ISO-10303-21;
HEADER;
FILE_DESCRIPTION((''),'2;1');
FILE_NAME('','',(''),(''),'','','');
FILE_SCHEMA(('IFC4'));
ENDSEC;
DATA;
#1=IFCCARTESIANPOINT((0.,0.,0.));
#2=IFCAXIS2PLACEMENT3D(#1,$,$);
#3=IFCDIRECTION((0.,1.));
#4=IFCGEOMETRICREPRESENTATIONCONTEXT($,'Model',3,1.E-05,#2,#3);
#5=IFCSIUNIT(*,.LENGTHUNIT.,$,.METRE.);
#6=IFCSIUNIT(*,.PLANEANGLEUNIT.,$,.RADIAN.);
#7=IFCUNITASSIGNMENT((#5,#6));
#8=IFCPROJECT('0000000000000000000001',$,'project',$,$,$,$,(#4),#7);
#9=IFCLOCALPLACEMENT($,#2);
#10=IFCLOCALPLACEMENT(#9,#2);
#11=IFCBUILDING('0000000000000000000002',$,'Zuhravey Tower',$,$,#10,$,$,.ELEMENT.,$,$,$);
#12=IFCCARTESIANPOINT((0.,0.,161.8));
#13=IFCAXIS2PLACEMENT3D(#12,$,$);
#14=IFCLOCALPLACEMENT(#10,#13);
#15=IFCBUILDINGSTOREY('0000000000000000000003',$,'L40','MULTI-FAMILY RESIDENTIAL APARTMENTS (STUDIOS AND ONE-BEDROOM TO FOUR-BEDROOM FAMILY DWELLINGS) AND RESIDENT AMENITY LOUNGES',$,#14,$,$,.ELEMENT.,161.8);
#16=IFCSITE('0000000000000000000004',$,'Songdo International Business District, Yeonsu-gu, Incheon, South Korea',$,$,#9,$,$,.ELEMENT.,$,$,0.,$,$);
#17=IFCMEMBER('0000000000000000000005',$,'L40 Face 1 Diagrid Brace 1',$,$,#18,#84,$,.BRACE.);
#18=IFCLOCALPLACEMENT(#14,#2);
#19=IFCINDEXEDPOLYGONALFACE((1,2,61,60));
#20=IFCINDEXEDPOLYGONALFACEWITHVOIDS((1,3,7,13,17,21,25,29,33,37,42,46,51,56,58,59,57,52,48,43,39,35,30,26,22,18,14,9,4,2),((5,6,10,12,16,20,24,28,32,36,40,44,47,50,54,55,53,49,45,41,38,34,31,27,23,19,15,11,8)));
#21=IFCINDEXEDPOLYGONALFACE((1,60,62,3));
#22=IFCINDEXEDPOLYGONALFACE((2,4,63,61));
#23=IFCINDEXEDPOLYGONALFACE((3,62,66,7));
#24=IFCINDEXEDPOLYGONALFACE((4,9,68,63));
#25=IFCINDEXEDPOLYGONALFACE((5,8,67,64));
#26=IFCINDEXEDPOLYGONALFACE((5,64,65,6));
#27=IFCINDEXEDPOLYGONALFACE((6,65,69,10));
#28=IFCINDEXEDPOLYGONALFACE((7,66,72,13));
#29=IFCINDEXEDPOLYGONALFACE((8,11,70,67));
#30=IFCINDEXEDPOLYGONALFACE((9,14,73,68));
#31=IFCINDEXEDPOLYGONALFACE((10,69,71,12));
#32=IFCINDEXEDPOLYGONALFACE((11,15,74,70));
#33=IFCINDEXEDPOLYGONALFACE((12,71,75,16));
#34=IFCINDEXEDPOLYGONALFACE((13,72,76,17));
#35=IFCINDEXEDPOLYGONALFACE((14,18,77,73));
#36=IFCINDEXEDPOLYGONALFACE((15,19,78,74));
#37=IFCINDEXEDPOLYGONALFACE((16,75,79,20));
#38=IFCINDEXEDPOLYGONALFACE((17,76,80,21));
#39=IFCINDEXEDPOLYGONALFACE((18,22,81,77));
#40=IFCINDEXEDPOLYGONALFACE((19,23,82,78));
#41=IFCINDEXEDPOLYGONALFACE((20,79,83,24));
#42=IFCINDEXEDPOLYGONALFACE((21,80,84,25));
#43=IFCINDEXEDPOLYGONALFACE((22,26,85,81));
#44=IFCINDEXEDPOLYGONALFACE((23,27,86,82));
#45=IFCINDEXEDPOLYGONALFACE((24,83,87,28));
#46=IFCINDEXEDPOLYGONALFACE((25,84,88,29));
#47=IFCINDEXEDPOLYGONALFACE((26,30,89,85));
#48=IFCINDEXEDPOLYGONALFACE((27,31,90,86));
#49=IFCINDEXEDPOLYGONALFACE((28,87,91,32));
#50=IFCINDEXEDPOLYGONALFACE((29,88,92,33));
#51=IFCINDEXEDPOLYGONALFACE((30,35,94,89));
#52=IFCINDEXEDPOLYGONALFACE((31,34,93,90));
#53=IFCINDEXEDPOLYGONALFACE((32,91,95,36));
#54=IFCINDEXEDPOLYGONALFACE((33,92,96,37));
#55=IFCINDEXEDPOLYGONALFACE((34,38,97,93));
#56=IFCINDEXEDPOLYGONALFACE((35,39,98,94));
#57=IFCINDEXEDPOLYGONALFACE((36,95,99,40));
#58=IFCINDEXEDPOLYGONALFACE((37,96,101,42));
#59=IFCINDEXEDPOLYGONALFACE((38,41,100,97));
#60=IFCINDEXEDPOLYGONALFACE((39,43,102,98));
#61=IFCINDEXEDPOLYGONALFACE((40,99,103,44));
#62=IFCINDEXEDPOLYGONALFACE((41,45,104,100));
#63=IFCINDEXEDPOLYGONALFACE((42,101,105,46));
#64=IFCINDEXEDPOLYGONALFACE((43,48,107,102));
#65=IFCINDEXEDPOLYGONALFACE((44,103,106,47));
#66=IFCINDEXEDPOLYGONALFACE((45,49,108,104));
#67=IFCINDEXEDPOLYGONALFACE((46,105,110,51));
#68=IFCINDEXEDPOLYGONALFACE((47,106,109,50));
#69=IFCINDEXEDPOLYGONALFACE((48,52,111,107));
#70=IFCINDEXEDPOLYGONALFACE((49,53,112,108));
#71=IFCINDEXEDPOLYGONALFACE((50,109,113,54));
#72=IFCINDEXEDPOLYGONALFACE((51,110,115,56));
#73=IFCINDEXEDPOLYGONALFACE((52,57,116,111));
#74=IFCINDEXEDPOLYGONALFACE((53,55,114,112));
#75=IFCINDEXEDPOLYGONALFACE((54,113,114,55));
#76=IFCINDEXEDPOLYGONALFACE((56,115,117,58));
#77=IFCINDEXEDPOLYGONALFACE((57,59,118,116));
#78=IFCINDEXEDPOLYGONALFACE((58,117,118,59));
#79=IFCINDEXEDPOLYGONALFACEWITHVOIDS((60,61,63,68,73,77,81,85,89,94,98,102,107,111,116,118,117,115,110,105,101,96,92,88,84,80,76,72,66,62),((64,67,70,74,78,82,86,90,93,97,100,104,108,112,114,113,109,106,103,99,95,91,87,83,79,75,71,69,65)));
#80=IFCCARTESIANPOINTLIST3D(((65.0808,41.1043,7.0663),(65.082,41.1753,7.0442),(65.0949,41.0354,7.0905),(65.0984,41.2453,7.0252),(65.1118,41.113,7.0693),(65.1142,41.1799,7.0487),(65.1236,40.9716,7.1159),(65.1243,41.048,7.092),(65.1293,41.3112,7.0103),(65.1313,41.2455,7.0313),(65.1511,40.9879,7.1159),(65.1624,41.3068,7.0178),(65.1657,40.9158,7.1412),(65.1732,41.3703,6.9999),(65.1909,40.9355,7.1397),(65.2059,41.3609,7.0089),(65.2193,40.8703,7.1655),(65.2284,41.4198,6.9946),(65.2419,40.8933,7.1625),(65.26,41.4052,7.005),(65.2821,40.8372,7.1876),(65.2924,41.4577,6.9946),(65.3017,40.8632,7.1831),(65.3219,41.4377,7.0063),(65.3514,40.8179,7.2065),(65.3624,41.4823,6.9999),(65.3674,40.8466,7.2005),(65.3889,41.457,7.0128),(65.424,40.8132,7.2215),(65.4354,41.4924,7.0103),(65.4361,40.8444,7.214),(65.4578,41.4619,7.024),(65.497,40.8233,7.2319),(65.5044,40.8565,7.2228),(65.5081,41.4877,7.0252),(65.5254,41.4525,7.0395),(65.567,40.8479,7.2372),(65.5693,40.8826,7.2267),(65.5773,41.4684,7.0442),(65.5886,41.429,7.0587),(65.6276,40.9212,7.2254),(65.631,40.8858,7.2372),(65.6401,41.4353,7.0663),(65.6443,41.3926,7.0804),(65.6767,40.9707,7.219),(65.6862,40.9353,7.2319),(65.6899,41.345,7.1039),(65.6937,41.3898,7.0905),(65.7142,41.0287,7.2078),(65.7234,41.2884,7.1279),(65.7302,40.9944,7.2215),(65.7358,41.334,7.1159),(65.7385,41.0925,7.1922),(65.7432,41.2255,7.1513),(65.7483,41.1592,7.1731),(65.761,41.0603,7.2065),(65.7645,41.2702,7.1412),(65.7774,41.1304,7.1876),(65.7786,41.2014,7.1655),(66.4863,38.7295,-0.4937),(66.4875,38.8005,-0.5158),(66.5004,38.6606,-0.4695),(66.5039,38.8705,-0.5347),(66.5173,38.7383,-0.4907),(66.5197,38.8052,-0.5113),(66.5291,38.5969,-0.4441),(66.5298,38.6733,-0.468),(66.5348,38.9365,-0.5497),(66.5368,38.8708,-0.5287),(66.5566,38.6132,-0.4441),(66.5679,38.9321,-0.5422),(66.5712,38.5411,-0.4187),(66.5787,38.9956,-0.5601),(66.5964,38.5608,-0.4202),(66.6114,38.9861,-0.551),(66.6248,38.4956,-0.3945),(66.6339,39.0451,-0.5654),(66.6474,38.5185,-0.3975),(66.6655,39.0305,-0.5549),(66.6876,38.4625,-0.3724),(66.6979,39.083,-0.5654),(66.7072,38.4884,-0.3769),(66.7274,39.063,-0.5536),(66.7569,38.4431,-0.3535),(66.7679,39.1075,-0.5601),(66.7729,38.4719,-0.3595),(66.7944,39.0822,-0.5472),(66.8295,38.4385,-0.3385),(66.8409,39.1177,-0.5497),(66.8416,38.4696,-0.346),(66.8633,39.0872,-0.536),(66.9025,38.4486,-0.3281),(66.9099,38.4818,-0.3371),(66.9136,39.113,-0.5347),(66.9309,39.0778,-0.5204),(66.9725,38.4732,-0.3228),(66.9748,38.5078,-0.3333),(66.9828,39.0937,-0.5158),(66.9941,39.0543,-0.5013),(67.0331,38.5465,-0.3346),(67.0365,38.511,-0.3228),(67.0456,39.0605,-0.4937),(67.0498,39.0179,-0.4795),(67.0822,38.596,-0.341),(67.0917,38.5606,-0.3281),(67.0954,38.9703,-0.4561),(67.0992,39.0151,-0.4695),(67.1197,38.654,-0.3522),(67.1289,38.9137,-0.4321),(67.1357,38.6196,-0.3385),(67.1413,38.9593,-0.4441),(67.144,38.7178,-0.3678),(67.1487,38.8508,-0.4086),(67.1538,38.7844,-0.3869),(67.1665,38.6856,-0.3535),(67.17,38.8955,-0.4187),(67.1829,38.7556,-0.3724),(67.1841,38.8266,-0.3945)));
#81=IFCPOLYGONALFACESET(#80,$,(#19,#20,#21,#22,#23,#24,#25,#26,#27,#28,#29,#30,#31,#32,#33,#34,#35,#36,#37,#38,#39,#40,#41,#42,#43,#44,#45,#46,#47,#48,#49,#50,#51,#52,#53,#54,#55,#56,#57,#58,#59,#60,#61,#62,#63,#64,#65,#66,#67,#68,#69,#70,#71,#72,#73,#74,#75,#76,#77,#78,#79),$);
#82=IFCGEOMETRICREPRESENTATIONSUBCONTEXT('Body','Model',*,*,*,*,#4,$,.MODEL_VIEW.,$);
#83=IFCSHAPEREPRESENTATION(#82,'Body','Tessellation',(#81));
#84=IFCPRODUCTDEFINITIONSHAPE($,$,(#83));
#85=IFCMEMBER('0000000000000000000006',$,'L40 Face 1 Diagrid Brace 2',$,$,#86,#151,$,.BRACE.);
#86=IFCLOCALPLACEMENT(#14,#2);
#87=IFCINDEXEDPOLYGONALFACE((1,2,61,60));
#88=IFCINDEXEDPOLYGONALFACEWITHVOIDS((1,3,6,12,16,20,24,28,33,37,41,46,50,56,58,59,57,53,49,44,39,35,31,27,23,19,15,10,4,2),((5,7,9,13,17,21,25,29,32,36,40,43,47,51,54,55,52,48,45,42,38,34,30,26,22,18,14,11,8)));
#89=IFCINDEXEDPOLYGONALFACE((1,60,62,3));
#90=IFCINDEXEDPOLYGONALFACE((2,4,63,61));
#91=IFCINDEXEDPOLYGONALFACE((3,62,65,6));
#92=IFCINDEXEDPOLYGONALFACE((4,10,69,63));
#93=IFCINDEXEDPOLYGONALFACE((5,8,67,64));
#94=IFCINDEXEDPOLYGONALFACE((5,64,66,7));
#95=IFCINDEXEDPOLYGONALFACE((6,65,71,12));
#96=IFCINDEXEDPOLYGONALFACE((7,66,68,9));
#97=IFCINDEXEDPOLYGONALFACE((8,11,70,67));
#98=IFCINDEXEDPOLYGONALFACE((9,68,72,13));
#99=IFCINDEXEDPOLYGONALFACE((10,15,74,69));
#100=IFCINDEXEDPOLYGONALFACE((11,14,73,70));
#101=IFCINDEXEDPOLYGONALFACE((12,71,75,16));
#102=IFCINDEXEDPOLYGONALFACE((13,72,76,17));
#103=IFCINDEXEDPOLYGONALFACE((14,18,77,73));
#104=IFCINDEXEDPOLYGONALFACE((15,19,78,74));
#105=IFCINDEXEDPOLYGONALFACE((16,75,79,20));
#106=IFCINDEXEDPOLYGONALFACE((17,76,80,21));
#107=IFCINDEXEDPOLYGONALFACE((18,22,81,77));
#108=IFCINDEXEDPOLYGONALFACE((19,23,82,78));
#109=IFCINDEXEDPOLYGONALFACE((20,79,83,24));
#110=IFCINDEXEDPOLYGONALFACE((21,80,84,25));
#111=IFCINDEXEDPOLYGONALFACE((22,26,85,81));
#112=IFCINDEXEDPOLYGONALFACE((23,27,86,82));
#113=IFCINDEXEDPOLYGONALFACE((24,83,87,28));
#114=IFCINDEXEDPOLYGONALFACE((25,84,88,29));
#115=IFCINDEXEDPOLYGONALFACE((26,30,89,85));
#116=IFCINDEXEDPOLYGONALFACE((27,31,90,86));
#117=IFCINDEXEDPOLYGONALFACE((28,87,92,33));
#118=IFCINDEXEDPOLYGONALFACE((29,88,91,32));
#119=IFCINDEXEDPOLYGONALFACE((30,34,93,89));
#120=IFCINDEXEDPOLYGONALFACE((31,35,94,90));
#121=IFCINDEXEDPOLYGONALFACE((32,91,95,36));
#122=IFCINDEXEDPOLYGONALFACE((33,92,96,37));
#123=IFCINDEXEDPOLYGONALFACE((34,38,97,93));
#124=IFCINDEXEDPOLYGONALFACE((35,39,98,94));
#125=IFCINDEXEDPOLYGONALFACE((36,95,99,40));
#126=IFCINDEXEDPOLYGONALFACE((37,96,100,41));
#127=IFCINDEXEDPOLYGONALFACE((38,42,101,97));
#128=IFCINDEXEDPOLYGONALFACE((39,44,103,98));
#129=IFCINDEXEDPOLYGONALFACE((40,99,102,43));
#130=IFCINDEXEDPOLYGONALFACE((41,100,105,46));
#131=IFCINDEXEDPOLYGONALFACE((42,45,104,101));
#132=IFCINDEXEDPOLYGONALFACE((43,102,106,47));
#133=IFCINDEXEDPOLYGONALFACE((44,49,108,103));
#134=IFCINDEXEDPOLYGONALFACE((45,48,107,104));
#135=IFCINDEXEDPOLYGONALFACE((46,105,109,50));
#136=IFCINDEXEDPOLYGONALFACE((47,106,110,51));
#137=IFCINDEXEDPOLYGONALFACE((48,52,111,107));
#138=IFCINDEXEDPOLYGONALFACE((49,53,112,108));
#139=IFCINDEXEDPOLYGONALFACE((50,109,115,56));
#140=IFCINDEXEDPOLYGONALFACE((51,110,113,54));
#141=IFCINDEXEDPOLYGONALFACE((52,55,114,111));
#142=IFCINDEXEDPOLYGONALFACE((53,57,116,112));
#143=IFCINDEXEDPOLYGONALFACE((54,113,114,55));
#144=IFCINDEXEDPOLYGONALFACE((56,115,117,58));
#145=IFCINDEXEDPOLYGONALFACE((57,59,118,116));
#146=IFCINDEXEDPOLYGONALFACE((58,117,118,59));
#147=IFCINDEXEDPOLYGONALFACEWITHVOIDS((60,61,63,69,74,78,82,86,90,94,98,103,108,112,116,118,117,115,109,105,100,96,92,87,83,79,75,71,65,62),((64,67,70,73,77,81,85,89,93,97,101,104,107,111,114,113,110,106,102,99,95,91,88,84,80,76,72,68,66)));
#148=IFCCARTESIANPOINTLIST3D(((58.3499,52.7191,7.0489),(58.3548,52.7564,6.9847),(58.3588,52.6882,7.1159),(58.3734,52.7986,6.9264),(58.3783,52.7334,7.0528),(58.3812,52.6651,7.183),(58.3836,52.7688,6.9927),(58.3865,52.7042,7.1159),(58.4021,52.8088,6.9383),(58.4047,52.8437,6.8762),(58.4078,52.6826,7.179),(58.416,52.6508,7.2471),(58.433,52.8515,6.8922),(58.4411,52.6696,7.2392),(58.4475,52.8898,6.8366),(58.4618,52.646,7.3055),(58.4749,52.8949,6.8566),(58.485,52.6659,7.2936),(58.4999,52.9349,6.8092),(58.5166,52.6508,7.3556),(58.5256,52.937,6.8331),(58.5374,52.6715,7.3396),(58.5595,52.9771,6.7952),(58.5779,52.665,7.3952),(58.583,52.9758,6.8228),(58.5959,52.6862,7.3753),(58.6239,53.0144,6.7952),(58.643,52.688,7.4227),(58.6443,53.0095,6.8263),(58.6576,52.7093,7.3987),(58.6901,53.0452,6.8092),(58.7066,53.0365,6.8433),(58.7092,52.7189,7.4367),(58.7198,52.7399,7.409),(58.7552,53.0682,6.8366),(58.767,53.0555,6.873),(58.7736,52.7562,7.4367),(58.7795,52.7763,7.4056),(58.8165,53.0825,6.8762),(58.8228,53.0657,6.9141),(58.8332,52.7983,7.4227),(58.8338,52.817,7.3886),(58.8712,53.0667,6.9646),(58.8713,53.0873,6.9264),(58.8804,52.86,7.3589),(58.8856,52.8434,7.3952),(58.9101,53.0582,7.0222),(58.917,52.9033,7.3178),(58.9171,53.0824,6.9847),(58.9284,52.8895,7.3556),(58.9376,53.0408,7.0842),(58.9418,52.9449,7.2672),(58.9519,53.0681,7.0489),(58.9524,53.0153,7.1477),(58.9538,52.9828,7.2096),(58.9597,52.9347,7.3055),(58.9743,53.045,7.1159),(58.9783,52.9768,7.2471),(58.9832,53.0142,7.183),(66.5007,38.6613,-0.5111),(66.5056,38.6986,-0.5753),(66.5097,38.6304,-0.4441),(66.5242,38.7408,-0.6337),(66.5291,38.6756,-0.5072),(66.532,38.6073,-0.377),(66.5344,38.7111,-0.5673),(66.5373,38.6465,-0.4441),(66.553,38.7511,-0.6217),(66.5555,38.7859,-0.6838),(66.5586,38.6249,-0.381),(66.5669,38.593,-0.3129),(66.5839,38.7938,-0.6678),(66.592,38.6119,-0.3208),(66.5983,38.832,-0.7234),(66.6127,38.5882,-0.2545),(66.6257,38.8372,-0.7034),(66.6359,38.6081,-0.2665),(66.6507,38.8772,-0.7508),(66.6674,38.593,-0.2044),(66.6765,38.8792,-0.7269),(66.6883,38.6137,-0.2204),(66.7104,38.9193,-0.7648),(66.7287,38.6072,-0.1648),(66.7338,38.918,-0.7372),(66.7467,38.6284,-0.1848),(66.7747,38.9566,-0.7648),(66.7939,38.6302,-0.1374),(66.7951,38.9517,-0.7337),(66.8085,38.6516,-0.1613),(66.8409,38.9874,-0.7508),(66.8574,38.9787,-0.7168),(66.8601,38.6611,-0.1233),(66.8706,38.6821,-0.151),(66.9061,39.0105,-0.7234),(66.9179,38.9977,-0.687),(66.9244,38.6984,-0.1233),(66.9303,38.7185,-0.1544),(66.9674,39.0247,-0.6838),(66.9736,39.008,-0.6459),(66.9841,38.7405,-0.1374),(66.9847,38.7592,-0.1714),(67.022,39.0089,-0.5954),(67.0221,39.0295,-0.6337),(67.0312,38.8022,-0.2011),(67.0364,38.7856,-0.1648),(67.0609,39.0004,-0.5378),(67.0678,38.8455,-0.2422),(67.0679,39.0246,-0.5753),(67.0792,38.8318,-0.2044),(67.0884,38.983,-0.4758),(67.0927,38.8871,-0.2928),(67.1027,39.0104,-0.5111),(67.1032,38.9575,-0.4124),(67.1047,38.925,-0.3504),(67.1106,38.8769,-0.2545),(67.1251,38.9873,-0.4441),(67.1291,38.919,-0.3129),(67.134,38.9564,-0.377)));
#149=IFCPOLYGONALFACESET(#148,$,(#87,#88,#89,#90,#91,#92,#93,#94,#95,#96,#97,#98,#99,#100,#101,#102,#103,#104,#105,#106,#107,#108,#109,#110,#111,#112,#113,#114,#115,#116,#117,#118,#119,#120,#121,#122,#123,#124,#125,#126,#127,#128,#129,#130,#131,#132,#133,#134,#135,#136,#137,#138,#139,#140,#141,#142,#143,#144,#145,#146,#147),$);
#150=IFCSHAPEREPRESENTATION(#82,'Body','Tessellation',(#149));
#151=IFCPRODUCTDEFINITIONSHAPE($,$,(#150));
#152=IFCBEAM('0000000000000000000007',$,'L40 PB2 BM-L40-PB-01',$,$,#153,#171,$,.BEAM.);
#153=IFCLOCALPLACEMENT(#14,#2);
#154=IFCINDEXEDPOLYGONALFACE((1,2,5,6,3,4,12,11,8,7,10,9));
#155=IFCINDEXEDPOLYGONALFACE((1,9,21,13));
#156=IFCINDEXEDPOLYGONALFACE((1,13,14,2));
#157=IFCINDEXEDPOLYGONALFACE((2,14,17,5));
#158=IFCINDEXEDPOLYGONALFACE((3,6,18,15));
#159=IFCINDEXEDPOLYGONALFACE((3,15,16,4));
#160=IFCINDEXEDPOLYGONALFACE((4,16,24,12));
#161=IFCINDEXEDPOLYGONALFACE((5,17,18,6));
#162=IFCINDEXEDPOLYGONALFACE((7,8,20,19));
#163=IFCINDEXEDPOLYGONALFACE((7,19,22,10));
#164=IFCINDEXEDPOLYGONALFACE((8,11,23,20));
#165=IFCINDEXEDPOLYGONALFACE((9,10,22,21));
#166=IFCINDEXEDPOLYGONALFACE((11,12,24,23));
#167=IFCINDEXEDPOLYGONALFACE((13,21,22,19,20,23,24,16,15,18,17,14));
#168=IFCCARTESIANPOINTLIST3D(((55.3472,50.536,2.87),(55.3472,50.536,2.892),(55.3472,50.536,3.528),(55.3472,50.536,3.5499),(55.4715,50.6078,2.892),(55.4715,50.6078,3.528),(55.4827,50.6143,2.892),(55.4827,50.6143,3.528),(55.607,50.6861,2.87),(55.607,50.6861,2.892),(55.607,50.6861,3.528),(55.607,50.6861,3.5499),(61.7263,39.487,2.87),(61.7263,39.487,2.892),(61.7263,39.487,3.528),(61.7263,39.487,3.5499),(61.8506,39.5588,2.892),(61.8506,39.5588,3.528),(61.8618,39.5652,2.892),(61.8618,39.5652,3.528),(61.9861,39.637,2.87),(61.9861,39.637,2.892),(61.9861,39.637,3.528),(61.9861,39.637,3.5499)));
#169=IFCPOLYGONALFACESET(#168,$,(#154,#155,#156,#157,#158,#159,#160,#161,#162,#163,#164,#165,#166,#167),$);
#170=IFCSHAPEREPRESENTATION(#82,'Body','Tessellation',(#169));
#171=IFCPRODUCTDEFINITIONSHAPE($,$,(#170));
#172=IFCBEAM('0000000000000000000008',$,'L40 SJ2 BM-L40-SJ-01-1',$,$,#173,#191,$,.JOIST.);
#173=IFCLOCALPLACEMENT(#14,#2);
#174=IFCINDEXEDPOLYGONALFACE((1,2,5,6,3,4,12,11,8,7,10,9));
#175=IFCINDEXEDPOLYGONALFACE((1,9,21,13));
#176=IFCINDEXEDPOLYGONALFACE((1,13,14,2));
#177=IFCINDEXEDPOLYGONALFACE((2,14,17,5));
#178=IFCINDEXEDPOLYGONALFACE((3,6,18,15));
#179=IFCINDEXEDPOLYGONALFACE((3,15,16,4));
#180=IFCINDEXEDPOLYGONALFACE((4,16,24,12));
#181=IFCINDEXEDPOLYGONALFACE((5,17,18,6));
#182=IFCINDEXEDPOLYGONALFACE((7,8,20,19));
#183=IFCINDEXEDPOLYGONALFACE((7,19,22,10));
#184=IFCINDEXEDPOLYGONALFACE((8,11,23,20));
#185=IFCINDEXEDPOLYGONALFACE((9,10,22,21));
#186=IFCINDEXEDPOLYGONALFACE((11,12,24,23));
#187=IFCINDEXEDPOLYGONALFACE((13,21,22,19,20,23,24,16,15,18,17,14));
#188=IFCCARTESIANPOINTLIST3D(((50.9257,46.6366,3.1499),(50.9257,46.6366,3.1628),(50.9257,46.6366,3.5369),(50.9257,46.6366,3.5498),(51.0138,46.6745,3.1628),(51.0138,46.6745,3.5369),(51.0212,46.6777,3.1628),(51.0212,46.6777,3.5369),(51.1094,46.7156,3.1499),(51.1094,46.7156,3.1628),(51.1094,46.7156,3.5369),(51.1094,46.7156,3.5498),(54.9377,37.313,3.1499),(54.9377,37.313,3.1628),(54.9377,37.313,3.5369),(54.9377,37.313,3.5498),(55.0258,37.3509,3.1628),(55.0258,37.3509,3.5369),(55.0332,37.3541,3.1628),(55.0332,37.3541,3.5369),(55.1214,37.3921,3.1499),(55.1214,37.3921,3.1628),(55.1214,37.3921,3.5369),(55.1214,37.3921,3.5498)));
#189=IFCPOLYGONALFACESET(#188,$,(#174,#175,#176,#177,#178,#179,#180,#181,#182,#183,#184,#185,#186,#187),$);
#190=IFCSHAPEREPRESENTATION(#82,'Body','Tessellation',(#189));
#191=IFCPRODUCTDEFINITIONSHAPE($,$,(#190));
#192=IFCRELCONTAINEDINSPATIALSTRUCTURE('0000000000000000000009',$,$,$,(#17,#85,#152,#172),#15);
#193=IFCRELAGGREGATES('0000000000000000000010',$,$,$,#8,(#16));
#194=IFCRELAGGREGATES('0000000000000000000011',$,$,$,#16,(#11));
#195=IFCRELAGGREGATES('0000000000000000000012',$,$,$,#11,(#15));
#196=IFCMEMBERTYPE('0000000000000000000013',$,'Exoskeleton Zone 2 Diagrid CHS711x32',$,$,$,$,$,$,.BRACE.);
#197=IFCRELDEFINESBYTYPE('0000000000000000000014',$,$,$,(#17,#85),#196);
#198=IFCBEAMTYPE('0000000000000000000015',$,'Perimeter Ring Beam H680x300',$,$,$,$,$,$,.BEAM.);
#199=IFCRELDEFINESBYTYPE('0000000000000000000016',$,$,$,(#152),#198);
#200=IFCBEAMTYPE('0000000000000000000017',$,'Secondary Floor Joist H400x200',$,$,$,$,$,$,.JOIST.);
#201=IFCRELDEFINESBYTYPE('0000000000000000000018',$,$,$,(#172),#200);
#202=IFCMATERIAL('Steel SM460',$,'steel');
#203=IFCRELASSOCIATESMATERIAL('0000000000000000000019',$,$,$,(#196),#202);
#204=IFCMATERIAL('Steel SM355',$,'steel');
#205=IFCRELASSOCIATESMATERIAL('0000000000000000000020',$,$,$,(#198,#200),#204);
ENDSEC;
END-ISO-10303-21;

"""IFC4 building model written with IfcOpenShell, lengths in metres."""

from ifc_helpers import new_model, si_unit, direction, frame, origin, origin_2d, place, context, subcontext, project, spatial, hollow_circle, i_section, extrude, material, material_profile, profile_set, type_object, element, save


model = new_model("IFC4")

# Units and contexts
model_context = context("Model", 3, precision=1e-05, world=origin(), true_north=direction((0.0, 1.0)))
body_context = subcontext(model_context, "Body", "Model", "MODEL_VIEW")
ifc_project = project(units=[si_unit("LENGTHUNIT", "METRE"), si_unit("PLANEANGLEUNIT", "RADIAN")], contexts=[model_context])

# Site, building, storey
site_placement = place(None, origin())
site = spatial("IfcSite", under=ifc_project, at=site_placement, Name="Songdo International Business District, Yeonsu-gu, Incheon, South Korea", CompositionType="ELEMENT", RefElevation=0.0)
building_placement = place(site_placement, origin())
building = spatial("IfcBuilding", under=site, at=building_placement, Name="Zuhravey Tower", CompositionType="ELEMENT")
storey_placement = place(building_placement, frame((0.0, 0.0, 161.8)))
storey = spatial("IfcBuildingStorey", under=building, at=storey_placement, Name="L40", Description="MULTI-FAMILY RESIDENTIAL APARTMENTS (STUDIOS AND ONE-BEDROOM TO FOUR-BEDROOM FAMILY DWELLINGS) AND RESIDENT AMENITY LOUNGES", CompositionType="ELEMENT", Elevation=161.8)

# Members
ifc_material_1 = material(Name="Steel SM355", Category="steel")
ifc_material_2 = material(Name="Steel SM460", Category="steel")
ifc_material_profile_1 = material_profile(ifc_material_2, hollow_circle(Radius=0.3557, WallThickness=0.032, at=origin_2d()), Name="CHS-711.2x32")
ifc_profile_set_1 = profile_set([ifc_material_profile_1], Name="Steel SM460")
member_type_1 = type_object("IfcMemberType", Name="Exoskeleton Zone 2 Diagrid CHS711x32", PredefinedType="BRACE", material=ifc_profile_set_1)
member_1_placement = place(storey_placement, frame((66.8352, 38.7781, -0.4441), z_axis=(-0.174643, 0.295076, 0.939377), x_axis=(-0.860569, -0.509334, 0.0)))
element("IfcMember", 1, at=member_1_placement, inside=storey, type_object=member_type_1, Name="L40 Face 1 Diagrid Brace 1", PredefinedType="BRACE", context=body_context, shape_type="SweptSolid", body=[
    extrude(hollow_circle(Radius=0.3557, WallThickness=0.032, at=origin_2d()), origin(), (0.0, 0.0, 1.0), 8.0479),
])
member_2_placement = place(storey_placement, frame((66.8174, 38.8088, -0.4441), z_axis=(-0.454786, 0.784371, 0.42182), x_axis=(-0.865103, -0.501595, 0.0)))
element("IfcMember", 2, at=member_2_placement, inside=storey, type_object=member_type_1, Name="L40 Face 1 Diagrid Brace 2", PredefinedType="BRACE", context=body_context, shape_type="SweptSolid", body=[
    extrude(hollow_circle(Radius=0.3557, WallThickness=0.032, at=origin_2d()), origin(), (0.0, 0.0, 1.0), 17.9224),
])

# Beams
ifc_material_profile_2 = material_profile(ifc_material_1, i_section(OverallWidth=0.3, OverallDepth=0.6799, WebThickness=0.0129, FlangeThickness=0.022, at=origin_2d()), Name="H-680x300x13x22")
ifc_profile_set_2 = profile_set([ifc_material_profile_2], Name="Steel SM355")
beam_type_1 = type_object("IfcBeamType", Name="Perimeter Ring Beam H680x300", PredefinedType="BEAM", material=ifc_profile_set_2)
beam_1_placement = place(storey_placement, frame((61.8562, 39.562, 3.21), z_axis=(-0.499998, 0.866027, 0.0), x_axis=(-0.866027, -0.499998, 0.0)))
element("IfcBeam", 3, at=beam_1_placement, inside=storey, type_object=beam_type_1, Name="L40 PB2 BM-L40-PB-01", PredefinedType="BEAM", context=body_context, shape_type="SweptSolid", body=[
    extrude(i_section(OverallWidth=0.3, OverallDepth=0.6799, WebThickness=0.0129, FlangeThickness=0.022, at=origin_2d()), origin(), (0.0, 0.0, 1.0), 12.7583),
])
ifc_material_profile_3 = material_profile(ifc_material_1, i_section(OverallWidth=0.2, OverallDepth=0.3999, WebThickness=0.0081, FlangeThickness=0.0129, at=origin_2d()), Name="H-400x200x8x13")
ifc_profile_set_3 = profile_set([ifc_material_profile_3], Name="Steel SM355")
beam_type_2 = type_object("IfcBeamType", Name="Secondary Floor Joist H400x200", PredefinedType="JOIST", material=ifc_profile_set_3)
beam_2_placement = place(storey_placement, frame((55.0295, 37.3525, 3.3499), z_axis=(-0.395266, 0.918567, 0.0), x_axis=(-0.918567, -0.395266, 0.0)))
element("IfcBeam", 4, at=beam_2_placement, inside=storey, type_object=beam_type_2, Name="L40 SJ2 BM-L40-SJ-01-1", PredefinedType="JOIST", context=body_context, shape_type="SweptSolid", body=[
    extrude(i_section(OverallWidth=0.2, OverallDepth=0.3999, WebThickness=0.0081, FlangeThickness=0.0129, at=origin_2d()), origin(), (0.0, 0.0, 1.0), 10.1501),
])

save(model, "model.ifc")
